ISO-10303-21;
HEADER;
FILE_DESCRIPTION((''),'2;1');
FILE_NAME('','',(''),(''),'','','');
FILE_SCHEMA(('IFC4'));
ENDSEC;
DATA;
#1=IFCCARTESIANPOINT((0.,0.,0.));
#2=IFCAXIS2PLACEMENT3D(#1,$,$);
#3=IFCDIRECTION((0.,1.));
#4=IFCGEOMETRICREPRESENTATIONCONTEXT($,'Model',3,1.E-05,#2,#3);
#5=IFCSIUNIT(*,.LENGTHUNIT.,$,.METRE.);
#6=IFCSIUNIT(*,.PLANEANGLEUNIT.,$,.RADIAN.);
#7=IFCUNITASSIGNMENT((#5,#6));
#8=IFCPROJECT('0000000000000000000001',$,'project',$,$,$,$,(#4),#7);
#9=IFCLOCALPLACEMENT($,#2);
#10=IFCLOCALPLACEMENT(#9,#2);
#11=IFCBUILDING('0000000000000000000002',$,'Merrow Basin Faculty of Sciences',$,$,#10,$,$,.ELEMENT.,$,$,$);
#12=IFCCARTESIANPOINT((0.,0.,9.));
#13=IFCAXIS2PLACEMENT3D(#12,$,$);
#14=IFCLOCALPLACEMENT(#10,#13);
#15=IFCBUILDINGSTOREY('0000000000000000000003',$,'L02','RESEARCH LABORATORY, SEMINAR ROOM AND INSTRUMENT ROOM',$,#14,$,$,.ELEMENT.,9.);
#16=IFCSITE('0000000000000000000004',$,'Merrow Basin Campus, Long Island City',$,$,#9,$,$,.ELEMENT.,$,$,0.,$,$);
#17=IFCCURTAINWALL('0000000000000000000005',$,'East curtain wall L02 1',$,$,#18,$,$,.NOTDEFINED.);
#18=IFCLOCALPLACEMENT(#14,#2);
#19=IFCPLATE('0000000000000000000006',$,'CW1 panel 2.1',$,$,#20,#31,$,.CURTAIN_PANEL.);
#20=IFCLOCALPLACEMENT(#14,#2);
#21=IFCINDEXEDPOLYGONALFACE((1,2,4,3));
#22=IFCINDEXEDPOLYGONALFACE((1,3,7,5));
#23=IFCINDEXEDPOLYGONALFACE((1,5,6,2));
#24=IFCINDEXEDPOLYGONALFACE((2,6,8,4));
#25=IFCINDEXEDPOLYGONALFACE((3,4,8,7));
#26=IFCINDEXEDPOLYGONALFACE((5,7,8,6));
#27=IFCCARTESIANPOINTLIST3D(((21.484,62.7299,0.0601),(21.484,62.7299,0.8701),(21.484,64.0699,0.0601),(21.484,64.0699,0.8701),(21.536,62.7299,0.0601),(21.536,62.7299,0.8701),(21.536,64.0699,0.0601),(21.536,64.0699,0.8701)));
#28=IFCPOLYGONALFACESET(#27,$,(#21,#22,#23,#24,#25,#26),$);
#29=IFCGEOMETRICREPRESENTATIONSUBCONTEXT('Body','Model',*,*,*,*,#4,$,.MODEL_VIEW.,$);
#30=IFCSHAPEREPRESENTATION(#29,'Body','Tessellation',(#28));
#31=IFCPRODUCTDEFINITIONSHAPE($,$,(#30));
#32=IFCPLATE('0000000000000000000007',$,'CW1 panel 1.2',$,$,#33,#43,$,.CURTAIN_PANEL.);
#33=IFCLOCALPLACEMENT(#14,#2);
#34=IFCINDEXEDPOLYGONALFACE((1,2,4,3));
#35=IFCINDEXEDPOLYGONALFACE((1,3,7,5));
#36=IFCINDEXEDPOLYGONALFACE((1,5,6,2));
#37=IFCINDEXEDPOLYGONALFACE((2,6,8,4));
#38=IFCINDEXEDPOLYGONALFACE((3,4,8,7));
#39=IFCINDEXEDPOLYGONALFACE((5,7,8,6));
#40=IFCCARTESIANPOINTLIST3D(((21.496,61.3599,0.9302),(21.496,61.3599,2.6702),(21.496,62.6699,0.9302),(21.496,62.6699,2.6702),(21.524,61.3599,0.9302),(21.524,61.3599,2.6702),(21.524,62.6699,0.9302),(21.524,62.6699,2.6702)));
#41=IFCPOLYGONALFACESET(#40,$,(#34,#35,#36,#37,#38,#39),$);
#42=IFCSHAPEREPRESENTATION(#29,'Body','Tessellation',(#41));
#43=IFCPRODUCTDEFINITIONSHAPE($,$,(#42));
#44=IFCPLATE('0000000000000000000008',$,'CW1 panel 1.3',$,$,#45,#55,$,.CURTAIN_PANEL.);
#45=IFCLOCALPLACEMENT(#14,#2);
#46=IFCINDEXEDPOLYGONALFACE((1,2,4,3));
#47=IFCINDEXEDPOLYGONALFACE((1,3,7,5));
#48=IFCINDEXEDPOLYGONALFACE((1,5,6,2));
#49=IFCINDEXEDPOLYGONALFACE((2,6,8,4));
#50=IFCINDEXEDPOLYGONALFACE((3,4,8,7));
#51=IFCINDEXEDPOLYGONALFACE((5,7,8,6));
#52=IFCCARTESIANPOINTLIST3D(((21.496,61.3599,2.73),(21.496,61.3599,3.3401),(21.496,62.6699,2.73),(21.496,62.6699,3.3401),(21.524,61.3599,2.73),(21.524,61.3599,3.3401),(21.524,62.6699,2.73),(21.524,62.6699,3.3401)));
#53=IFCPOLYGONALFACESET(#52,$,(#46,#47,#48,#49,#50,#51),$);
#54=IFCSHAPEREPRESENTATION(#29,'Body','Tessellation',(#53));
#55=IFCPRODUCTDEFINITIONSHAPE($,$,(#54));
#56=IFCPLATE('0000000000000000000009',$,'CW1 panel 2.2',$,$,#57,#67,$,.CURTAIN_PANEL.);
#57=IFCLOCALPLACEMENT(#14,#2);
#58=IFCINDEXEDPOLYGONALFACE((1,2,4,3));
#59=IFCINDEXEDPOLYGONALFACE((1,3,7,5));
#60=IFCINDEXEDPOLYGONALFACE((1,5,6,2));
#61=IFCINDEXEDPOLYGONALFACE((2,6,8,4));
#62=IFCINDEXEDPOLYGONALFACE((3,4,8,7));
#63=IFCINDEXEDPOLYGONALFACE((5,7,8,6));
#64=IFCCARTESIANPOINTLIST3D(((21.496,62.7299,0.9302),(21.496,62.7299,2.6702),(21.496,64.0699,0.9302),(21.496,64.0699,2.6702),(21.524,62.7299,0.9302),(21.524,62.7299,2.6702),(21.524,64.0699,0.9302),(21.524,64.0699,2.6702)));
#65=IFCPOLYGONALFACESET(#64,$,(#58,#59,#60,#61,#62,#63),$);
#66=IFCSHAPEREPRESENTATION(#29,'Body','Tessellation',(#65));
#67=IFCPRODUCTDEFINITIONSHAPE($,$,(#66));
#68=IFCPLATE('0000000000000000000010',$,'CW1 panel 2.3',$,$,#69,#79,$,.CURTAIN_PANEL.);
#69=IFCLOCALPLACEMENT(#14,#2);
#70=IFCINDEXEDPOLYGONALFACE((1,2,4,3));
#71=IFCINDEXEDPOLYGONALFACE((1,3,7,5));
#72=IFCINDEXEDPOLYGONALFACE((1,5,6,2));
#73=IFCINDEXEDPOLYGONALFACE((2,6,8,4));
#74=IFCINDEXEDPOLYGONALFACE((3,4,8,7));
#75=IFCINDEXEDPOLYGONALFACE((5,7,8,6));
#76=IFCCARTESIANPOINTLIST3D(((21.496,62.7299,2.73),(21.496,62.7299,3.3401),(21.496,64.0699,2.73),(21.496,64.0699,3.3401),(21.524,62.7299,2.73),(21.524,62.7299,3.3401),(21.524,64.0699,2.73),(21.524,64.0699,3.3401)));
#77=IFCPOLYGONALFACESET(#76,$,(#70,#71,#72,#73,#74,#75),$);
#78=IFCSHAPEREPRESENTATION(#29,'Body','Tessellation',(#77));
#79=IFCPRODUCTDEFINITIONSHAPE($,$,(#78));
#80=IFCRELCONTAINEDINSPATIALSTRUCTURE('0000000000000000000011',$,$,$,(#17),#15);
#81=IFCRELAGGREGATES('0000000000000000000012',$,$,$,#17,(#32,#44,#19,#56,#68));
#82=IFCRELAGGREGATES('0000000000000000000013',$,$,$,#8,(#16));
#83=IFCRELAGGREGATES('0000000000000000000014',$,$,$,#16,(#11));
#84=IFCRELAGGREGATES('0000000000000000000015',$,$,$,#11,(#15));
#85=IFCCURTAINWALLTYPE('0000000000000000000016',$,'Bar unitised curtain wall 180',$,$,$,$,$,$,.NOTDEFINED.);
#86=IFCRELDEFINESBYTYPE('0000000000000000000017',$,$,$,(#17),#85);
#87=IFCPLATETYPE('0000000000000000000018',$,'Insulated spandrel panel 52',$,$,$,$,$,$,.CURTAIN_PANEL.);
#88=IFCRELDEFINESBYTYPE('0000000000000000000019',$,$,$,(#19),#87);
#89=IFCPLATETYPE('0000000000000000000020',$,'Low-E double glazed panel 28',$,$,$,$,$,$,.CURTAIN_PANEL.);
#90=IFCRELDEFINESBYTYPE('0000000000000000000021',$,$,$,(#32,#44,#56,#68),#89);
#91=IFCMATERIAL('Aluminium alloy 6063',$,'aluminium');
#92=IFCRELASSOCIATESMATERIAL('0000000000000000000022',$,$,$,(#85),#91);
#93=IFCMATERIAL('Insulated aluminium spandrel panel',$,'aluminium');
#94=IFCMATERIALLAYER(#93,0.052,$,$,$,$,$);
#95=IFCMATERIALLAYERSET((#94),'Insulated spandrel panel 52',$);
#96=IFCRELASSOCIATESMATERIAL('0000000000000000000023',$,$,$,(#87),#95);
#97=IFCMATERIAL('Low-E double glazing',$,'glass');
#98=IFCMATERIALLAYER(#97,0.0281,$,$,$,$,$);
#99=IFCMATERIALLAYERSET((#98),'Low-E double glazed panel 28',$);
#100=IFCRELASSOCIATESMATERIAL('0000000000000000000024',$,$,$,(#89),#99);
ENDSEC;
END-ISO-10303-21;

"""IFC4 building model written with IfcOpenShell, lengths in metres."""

from ifc_helpers import new_model, si_unit, direction, frame, origin, origin_2d, place, context, subcontext, project, spatial, rectangle, extrude, material, layer, layer_set, type_object, element, aggregate, save


model = new_model("IFC4")

# Units and contexts
model_context = context("Model", 3, precision=1e-05, world=origin(), true_north=direction((0.0, 1.0)))
body_context = subcontext(model_context, "Body", "Model", "MODEL_VIEW")
ifc_project = project(units=[si_unit("LENGTHUNIT", "METRE"), si_unit("PLANEANGLEUNIT", "RADIAN")], contexts=[model_context])

# Site, building, storey
site_placement = place(None, origin())
site = spatial("IfcSite", under=ifc_project, at=site_placement, Name="Merrow Basin Campus, Long Island City", CompositionType="ELEMENT", RefElevation=0.0)
building_placement = place(site_placement, origin())
building = spatial("IfcBuilding", under=site, at=building_placement, Name="Merrow Basin Faculty of Sciences", CompositionType="ELEMENT")
storey_placement = place(building_placement, frame((0.0, 0.0, 9.0)))
storey = spatial("IfcBuildingStorey", under=building, at=storey_placement, Name="L02", Description="RESEARCH LABORATORY, SEMINAR ROOM AND INSTRUMENT ROOM", CompositionType="ELEMENT", Elevation=9.0)

# Curtain wall
ifc_material_1 = material(Name="Aluminium alloy 6063", Category="aluminium")
curtain_wall_type = type_object("IfcCurtainWallType", Name="Bar unitised curtain wall 180", PredefinedType="NOTDEFINED", material=ifc_material_1)
curtain_wall_placement = place(storey_placement, origin())
curtain_wall = element("IfcCurtainWall", 1, at=curtain_wall_placement, inside=storey, type_object=curtain_wall_type, Name="East curtain wall L02 1", PredefinedType="NOTDEFINED")

# Plates
ifc_material_2 = material(Name="Insulated aluminium spandrel panel", Category="aluminium")
ifc_layer_1 = layer(ifc_material_2, 0.052)
ifc_layer_set_1 = layer_set([ifc_layer_1], Name="Insulated spandrel panel 52")
plate_type_1 = type_object("IfcPlateType", Name="Insulated spandrel panel 52", PredefinedType="CURTAIN_PANEL", material=ifc_layer_set_1)
plate_1_placement = place(storey_placement, frame((21.51, 63.3999, 0.0601), z_axis=(0.0, 0.0, 1.0), x_axis=(0.0, 1.0, 0.0)))
plate_1 = element("IfcPlate", 2, at=plate_1_placement, type_object=plate_type_1, Name="CW1 panel 2.1", PredefinedType="CURTAIN_PANEL", context=body_context, shape_type="SweptSolid", body=[
    extrude(rectangle(XDim=1.3401, YDim=0.052, at=origin_2d()), origin(), (0.0, 0.0, 1.0), 0.8101),
])
ifc_material_3 = material(Name="Low-E double glazing", Category="glass")
ifc_layer_2 = layer(ifc_material_3, 0.0281)
ifc_layer_set_2 = layer_set([ifc_layer_2], Name="Low-E double glazed panel 28")
plate_type_2 = type_object("IfcPlateType", Name="Low-E double glazed panel 28", PredefinedType="CURTAIN_PANEL", material=ifc_layer_set_2)
plate_2_placement = place(storey_placement, frame((21.51, 62.0149, 0.9302), z_axis=(0.0, 0.0, 1.0), x_axis=(0.0, 1.0, 0.0)))
plate_2 = element("IfcPlate", 3, at=plate_2_placement, type_object=plate_type_2, Name="CW1 panel 1.2", PredefinedType="CURTAIN_PANEL", context=body_context, shape_type="SweptSolid", body=[
    extrude(rectangle(XDim=1.3101, YDim=0.0281, at=origin_2d()), origin(), (0.0, 0.0, 1.0), 1.74),
])
plate_3_placement = place(storey_placement, frame((21.51, 62.0149, 2.73), z_axis=(0.0, 0.0, 1.0), x_axis=(0.0, 1.0, 0.0)))
plate_3 = element("IfcPlate", 4, at=plate_3_placement, type_object=plate_type_2, Name="CW1 panel 1.3", PredefinedType="CURTAIN_PANEL", context=body_context, shape_type="SweptSolid", body=[
    extrude(rectangle(XDim=1.3101, YDim=0.0281, at=origin_2d()), origin(), (0.0, 0.0, 1.0), 0.6101),
])
plate_4_placement = place(storey_placement, frame((21.51, 63.3999, 0.9302), z_axis=(0.0, 0.0, 1.0), x_axis=(0.0, 1.0, 0.0)))
plate_4 = element("IfcPlate", 5, at=plate_4_placement, type_object=plate_type_2, Name="CW1 panel 2.2", PredefinedType="CURTAIN_PANEL", context=body_context, shape_type="SweptSolid", body=[
    extrude(rectangle(XDim=1.3401, YDim=0.0281, at=origin_2d()), origin(), (0.0, 0.0, 1.0), 1.74),
])
plate_5_placement = place(storey_placement, frame((21.51, 63.3999, 2.73), z_axis=(0.0, 0.0, 1.0), x_axis=(0.0, 1.0, 0.0)))
plate_5 = element("IfcPlate", 6, at=plate_5_placement, type_object=plate_type_2, Name="CW1 panel 2.3", PredefinedType="CURTAIN_PANEL", context=body_context, shape_type="SweptSolid", body=[
    extrude(rectangle(XDim=1.3401, YDim=0.0281, at=origin_2d()), origin(), (0.0, 0.0, 1.0), 0.6101),
])
aggregate(curtain_wall, [plate_2, plate_3, plate_1, plate_4, plate_5])

save(model, "model.ifc")
